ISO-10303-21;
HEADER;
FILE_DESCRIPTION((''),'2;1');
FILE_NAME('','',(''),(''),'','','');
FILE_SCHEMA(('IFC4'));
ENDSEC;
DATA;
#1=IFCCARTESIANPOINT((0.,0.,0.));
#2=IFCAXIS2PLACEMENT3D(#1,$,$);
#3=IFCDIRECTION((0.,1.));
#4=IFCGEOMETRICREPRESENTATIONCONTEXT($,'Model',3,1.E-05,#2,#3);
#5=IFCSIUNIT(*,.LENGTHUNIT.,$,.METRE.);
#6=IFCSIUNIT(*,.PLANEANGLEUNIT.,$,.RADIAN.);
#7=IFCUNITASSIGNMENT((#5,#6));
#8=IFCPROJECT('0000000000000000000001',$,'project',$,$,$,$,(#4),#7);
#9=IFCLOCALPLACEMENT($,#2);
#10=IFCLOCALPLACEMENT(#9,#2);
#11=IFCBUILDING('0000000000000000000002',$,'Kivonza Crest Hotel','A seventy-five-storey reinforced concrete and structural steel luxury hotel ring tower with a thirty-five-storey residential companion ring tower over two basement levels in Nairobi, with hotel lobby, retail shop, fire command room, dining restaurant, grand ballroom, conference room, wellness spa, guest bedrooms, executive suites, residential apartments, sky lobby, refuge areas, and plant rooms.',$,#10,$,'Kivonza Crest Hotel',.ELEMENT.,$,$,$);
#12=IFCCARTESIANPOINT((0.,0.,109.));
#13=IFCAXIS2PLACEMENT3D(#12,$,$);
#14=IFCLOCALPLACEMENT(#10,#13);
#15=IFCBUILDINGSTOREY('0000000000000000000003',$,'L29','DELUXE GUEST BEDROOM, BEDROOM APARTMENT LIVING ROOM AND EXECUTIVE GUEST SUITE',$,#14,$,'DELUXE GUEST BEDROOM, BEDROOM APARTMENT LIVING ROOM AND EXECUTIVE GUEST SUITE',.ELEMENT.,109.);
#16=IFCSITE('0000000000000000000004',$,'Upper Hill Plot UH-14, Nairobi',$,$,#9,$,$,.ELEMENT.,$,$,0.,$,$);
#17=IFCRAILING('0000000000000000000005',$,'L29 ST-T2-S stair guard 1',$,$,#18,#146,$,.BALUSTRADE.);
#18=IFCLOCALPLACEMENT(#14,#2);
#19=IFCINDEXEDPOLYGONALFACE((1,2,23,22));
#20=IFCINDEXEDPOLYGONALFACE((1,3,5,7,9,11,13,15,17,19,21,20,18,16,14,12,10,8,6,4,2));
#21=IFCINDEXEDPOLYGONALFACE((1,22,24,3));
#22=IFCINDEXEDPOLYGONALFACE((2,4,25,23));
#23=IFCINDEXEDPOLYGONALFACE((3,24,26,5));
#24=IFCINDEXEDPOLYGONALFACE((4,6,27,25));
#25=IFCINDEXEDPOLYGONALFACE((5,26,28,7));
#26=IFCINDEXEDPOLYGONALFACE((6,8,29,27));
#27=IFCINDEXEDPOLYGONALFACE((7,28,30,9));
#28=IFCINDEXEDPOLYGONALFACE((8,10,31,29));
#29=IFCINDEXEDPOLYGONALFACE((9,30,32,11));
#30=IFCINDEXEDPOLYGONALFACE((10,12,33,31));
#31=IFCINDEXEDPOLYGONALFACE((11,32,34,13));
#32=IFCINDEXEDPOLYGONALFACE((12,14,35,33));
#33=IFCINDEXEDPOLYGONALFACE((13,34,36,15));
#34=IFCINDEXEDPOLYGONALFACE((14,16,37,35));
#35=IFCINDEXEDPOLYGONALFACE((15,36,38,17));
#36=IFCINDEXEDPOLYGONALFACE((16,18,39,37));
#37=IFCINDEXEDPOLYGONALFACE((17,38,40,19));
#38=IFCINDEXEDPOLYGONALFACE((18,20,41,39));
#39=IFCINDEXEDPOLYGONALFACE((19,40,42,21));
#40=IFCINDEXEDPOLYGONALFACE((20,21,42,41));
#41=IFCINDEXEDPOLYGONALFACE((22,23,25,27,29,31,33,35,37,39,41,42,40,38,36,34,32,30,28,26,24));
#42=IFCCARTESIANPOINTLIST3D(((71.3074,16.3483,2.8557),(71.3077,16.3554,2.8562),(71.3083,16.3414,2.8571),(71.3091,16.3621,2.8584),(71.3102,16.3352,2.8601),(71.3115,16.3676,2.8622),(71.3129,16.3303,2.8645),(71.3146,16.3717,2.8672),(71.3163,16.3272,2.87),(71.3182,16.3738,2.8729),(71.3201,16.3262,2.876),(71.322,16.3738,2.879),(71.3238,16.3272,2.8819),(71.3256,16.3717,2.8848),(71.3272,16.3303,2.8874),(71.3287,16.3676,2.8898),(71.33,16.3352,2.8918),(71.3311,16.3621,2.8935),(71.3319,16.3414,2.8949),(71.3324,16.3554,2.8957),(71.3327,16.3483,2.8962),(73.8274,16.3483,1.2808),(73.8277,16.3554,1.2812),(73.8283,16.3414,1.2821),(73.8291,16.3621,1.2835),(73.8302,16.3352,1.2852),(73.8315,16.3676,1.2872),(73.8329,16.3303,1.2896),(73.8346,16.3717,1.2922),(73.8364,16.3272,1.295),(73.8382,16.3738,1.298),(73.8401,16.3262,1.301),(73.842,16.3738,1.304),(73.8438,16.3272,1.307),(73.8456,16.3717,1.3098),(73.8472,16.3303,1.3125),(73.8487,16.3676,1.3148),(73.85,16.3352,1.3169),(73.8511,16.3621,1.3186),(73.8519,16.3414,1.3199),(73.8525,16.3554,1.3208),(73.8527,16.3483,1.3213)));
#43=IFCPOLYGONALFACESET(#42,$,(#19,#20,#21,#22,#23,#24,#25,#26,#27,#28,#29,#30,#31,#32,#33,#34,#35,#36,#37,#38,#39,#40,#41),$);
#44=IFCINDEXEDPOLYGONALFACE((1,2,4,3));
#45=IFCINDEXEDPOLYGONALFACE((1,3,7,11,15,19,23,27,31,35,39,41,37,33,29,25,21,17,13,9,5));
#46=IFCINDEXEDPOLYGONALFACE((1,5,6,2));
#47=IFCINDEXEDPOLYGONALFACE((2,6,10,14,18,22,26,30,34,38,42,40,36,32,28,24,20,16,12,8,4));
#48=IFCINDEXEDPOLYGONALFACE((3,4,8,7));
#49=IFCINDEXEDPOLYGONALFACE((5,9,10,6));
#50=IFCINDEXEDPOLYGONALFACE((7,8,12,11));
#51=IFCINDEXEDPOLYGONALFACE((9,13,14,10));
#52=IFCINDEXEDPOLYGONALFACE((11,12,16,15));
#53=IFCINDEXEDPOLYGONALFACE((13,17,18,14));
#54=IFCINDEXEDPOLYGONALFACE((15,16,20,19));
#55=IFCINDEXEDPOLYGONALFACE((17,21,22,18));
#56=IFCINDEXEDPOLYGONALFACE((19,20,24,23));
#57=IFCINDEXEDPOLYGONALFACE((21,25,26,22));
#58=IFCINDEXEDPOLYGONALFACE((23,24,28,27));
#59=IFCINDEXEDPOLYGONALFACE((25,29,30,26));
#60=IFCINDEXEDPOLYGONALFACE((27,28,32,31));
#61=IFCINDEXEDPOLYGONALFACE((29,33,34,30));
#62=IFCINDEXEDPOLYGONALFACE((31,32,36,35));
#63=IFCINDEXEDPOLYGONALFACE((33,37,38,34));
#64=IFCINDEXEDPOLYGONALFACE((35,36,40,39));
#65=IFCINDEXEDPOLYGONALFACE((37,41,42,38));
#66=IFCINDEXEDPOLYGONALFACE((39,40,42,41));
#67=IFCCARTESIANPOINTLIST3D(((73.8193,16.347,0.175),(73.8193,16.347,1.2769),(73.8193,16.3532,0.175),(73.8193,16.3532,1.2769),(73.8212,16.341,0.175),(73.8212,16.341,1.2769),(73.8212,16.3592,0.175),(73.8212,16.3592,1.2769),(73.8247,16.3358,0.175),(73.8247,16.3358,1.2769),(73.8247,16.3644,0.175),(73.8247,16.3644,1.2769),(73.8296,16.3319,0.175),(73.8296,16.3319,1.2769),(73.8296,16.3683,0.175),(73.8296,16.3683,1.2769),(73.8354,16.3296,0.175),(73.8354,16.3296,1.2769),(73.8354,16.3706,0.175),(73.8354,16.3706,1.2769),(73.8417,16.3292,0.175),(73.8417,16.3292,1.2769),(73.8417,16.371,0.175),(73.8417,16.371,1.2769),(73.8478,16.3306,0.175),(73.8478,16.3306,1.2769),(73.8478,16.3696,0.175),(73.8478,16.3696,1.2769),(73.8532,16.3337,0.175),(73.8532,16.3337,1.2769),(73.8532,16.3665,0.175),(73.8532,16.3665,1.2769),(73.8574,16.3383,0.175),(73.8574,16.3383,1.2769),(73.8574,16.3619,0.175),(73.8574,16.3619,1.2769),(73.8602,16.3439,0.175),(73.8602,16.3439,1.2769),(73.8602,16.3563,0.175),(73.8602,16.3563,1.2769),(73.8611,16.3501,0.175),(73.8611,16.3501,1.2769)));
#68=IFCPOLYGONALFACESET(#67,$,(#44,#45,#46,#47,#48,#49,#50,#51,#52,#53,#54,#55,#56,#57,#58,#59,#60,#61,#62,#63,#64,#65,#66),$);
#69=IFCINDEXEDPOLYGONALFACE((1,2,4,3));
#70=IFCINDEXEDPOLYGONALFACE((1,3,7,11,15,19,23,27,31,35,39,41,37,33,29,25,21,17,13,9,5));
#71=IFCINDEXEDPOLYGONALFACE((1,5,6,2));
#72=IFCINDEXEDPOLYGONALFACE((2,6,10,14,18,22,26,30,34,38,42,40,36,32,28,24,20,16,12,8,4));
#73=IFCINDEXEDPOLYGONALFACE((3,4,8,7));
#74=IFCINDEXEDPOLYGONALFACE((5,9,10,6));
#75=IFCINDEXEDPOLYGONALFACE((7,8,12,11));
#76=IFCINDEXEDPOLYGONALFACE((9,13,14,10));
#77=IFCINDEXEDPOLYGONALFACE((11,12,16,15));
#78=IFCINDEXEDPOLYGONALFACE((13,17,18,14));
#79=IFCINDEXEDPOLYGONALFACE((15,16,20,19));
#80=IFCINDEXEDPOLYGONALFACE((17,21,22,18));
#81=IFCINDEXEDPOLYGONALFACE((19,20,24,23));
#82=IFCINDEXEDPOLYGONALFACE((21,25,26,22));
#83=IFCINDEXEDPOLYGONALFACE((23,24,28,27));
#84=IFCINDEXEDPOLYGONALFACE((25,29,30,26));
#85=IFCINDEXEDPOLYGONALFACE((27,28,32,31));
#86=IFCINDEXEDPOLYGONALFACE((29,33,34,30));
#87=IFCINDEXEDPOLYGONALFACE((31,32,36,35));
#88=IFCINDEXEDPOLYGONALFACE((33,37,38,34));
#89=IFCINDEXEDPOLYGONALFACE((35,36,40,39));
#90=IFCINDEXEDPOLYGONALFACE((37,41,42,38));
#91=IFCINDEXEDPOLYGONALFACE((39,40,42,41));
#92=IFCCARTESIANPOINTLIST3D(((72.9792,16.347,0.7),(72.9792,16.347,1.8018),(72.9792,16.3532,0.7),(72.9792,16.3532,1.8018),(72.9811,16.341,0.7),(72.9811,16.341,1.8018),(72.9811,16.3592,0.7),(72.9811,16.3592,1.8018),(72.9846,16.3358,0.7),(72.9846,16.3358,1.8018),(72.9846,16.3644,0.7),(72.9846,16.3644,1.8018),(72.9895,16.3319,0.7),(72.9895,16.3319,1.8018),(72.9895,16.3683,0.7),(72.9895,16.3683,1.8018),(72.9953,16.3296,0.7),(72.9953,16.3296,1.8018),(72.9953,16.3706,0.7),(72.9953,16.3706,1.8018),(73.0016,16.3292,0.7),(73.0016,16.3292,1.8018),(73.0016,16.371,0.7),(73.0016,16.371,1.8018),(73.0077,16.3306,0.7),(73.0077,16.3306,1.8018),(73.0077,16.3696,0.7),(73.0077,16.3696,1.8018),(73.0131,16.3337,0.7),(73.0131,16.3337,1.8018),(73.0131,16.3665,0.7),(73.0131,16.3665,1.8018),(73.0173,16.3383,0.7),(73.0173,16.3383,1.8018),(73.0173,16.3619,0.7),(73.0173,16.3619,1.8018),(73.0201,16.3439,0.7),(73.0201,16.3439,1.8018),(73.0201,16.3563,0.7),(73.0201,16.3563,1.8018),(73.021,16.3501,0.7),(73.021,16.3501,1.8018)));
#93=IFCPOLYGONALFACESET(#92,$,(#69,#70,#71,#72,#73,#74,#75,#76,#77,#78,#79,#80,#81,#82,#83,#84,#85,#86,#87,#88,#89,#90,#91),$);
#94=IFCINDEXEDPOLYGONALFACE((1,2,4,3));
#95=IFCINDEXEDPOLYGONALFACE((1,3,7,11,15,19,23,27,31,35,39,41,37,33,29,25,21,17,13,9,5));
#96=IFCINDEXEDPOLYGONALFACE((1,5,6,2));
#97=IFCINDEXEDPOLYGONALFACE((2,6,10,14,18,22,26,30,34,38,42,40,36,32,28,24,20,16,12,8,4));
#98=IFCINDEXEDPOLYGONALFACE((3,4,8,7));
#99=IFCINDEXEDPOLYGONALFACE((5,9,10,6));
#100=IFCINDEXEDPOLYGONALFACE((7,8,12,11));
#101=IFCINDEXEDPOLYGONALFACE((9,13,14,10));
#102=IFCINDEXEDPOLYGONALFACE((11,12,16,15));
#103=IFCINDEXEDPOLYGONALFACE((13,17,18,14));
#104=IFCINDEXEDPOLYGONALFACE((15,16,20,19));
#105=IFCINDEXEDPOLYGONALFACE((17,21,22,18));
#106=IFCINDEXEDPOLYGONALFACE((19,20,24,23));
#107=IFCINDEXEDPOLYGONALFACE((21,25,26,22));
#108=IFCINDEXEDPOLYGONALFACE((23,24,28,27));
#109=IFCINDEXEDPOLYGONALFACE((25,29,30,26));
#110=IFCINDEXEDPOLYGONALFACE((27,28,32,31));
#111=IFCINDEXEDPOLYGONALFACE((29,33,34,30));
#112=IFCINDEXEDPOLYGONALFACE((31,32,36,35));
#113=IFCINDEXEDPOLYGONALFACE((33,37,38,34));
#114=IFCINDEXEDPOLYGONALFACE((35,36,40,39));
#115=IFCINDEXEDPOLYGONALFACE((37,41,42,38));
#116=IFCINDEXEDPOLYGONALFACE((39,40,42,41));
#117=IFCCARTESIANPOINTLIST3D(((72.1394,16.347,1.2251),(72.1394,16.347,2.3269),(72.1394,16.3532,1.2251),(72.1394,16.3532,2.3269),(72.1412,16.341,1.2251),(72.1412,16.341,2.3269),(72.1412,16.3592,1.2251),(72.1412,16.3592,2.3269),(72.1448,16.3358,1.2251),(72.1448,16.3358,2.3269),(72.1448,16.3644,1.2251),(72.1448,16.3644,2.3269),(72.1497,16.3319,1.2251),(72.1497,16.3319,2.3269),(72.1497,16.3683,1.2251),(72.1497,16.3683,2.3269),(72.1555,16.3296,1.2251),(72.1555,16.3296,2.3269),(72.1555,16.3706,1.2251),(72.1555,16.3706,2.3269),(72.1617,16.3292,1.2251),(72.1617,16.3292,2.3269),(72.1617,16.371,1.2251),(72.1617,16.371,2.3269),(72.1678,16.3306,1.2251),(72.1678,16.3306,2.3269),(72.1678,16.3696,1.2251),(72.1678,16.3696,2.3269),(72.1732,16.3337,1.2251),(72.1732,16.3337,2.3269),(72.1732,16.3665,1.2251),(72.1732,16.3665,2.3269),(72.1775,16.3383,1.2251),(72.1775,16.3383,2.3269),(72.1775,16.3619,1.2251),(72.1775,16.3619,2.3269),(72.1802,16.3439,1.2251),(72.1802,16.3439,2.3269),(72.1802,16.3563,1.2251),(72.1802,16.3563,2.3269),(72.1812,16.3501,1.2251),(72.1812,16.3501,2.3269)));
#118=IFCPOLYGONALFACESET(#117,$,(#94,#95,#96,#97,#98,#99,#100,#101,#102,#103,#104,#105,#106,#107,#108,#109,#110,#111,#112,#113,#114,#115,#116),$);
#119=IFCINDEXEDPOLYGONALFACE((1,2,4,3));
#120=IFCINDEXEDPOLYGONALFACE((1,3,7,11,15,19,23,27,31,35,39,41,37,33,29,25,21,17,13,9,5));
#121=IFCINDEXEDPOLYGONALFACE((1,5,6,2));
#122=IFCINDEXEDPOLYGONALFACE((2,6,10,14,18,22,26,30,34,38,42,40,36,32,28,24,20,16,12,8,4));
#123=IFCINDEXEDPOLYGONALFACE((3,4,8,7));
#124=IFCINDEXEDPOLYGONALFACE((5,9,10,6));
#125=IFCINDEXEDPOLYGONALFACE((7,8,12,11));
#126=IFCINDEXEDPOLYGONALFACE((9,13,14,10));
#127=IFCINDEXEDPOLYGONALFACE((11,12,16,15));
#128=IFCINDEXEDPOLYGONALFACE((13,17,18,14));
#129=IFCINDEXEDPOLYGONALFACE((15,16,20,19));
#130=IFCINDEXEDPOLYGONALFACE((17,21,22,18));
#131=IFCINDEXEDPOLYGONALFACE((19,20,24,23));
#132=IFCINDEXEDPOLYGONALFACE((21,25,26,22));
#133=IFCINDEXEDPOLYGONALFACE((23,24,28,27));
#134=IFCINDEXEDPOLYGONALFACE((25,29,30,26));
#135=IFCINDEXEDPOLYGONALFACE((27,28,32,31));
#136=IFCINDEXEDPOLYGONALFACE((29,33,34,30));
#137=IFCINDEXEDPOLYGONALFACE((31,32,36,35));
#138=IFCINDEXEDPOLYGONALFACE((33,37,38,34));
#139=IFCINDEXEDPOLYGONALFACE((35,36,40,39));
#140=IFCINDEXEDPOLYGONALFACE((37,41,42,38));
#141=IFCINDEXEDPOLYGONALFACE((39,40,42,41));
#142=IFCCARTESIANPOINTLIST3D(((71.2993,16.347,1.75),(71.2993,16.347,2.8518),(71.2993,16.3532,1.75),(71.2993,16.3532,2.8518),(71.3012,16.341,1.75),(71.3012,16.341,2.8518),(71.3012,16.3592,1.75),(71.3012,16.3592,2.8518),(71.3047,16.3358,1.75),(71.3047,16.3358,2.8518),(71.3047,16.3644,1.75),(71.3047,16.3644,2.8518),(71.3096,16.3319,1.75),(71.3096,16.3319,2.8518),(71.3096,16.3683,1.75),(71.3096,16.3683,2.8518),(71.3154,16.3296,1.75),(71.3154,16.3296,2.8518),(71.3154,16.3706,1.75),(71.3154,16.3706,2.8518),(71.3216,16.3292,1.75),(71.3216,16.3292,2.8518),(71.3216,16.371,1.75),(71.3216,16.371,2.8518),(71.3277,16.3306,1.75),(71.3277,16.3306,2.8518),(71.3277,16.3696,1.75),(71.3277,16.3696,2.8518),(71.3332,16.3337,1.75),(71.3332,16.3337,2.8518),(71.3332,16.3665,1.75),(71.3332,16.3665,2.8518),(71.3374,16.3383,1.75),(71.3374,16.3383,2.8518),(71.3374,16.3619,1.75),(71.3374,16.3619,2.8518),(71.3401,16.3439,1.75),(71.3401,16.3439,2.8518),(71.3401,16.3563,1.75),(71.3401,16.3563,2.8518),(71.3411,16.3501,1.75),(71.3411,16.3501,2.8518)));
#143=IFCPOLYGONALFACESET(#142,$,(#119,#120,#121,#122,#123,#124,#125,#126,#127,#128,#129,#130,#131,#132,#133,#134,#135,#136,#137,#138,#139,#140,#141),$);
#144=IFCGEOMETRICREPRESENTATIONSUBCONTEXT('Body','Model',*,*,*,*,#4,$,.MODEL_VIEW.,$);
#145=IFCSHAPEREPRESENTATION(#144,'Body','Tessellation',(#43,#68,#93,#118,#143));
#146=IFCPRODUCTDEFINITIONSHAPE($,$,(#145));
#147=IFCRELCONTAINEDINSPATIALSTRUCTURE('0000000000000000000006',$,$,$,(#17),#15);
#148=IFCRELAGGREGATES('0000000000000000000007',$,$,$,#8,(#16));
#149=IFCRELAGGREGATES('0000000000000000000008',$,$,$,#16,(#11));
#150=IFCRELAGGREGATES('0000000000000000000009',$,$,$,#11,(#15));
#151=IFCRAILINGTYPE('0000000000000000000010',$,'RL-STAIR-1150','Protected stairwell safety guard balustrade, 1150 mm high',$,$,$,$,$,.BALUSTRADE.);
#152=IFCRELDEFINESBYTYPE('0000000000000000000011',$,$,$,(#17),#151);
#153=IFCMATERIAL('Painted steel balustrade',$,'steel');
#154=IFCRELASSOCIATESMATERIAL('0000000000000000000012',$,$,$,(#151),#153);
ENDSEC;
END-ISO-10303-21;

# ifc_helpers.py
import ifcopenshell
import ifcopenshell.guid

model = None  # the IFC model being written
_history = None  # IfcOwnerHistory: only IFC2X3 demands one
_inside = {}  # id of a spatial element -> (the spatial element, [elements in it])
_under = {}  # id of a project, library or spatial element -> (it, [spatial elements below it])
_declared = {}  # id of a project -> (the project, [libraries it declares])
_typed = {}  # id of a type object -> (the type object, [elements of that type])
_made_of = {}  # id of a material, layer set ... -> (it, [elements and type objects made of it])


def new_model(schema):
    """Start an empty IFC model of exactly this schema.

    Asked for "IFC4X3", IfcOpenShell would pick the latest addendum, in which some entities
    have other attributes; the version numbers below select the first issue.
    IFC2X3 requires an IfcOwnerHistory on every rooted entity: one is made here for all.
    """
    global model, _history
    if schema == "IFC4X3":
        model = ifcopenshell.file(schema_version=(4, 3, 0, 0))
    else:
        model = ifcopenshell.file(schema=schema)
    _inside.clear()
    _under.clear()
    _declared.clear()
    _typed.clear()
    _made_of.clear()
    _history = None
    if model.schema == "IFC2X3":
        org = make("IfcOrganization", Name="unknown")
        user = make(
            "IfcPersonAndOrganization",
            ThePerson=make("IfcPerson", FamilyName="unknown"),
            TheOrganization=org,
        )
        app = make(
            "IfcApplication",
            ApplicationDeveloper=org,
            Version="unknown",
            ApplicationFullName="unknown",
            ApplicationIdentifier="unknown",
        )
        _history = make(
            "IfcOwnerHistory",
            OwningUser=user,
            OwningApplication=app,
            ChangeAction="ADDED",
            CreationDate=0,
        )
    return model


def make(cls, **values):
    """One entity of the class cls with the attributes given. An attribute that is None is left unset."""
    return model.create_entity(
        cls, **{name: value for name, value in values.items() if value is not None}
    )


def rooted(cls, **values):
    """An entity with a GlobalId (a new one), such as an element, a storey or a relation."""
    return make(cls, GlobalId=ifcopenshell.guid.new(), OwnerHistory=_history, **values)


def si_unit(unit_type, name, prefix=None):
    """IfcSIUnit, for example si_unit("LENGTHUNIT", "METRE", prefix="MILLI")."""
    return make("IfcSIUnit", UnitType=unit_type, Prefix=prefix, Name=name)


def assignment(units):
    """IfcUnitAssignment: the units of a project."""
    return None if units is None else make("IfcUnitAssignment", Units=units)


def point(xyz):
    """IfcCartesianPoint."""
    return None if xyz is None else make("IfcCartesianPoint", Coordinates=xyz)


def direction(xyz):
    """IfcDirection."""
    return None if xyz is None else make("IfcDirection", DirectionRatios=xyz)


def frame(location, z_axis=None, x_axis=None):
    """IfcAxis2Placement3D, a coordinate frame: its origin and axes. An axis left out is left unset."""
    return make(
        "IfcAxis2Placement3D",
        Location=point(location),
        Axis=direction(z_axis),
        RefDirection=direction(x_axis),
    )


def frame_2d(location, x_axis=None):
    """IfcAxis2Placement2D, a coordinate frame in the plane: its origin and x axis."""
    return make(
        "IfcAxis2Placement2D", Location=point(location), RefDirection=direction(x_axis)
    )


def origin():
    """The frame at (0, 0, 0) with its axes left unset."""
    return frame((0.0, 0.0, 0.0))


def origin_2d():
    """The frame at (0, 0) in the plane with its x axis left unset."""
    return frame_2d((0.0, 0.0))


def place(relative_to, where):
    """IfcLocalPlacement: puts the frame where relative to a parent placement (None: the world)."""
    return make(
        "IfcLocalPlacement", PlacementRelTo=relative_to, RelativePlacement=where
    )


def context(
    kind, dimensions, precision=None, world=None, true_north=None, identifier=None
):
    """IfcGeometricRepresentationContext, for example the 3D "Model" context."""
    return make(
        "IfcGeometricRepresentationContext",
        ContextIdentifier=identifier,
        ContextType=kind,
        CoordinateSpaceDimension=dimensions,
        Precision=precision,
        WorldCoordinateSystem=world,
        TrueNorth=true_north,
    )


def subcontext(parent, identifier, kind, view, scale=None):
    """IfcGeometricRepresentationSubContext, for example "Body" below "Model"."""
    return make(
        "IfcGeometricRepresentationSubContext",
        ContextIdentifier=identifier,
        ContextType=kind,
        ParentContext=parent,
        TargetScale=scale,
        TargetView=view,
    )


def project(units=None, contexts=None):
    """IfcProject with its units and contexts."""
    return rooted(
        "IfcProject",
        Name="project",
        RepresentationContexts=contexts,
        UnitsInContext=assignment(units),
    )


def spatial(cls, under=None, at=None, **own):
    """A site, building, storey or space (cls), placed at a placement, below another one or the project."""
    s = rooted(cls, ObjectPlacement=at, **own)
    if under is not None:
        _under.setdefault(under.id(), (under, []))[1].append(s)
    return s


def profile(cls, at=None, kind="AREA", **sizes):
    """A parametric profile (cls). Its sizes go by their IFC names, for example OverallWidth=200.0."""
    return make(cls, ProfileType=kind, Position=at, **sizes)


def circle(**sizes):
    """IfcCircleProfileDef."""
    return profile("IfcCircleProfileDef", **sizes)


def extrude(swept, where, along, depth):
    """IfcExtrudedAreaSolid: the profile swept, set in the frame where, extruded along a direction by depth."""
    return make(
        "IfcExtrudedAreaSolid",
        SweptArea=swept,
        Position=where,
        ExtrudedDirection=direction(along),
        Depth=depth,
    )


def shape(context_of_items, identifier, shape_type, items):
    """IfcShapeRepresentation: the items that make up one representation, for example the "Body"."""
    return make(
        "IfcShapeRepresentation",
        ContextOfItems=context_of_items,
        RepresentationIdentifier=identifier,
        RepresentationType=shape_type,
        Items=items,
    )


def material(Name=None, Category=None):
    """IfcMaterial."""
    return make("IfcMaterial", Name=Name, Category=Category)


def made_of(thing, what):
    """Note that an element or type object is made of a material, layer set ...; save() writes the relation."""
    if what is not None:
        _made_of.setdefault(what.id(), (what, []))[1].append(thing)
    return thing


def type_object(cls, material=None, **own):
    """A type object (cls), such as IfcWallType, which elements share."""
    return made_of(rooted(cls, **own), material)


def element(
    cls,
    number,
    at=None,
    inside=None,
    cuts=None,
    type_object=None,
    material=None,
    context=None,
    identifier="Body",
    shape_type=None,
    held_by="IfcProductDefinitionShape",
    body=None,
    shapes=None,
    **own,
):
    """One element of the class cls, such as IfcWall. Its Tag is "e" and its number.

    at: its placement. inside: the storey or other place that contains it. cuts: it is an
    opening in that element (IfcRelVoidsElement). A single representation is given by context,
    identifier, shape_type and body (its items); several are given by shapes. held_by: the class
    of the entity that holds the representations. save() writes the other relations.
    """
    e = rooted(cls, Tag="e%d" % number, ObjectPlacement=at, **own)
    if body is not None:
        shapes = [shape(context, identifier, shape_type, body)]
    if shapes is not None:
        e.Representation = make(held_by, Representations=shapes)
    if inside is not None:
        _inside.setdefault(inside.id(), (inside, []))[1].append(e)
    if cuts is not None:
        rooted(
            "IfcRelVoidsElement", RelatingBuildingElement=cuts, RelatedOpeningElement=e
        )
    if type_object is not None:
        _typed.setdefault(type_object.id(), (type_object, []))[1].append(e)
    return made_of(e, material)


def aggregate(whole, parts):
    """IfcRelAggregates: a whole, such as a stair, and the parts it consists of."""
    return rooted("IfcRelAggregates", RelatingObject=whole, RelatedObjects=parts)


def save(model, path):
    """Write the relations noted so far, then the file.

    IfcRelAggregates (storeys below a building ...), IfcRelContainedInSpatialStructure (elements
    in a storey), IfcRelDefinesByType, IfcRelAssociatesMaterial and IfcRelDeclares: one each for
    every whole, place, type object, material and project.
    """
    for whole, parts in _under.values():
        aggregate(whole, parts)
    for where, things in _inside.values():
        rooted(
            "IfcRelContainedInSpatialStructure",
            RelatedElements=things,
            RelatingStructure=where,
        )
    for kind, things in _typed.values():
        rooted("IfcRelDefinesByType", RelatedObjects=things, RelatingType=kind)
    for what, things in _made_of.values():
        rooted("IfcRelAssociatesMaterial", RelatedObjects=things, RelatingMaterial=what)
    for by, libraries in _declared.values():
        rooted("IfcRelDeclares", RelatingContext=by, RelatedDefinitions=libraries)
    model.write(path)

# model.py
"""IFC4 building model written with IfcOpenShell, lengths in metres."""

from ifc_helpers import new_model, si_unit, direction, frame, origin, origin_2d, place, context, subcontext, project, spatial, circle, extrude, material, type_object, element, save


model = new_model("IFC4")

# Units and contexts
model_context = context("Model", 3, precision=1e-05, world=origin(), true_north=direction((0.0, 1.0)))
body_context = subcontext(model_context, "Body", "Model", "MODEL_VIEW")
ifc_project = project(units=[si_unit("LENGTHUNIT", "METRE"), si_unit("PLANEANGLEUNIT", "RADIAN")], contexts=[model_context])

# Site, building, storey
site_placement = place(None, origin())
site = spatial("IfcSite", under=ifc_project, at=site_placement, Name="Upper Hill Plot UH-14, Nairobi", CompositionType="ELEMENT", RefElevation=0.0)
building_placement = place(site_placement, origin())
building = spatial("IfcBuilding", under=site, at=building_placement, Name="Kivonza Crest Hotel", Description="A seventy-five-storey reinforced concrete and structural steel luxury hotel ring tower with a thirty-five-storey residential companion ring tower over two basement levels in Nairobi, with hotel lobby, retail shop, fire command room, dining restaurant, grand ballroom, conference room, wellness spa, guest bedrooms, executive suites, residential apartments, sky lobby, refuge areas, and plant rooms.", LongName="Kivonza Crest Hotel", CompositionType="ELEMENT")
storey_placement = place(building_placement, frame((0.0, 0.0, 109.0)))
storey = spatial("IfcBuildingStorey", under=building, at=storey_placement, Name="L29", Description="DELUXE GUEST BEDROOM, BEDROOM APARTMENT LIVING ROOM AND EXECUTIVE GUEST SUITE", LongName="DELUXE GUEST BEDROOM, BEDROOM APARTMENT LIVING ROOM AND EXECUTIVE GUEST SUITE", CompositionType="ELEMENT", Elevation=109.0)

# Railing
ifc_material_1 = material(Name="Painted steel balustrade", Category="steel")
railing_type_1 = type_object("IfcRailingType", Name="RL-STAIR-1150", Description="Protected stairwell safety guard balustrade, 1150 mm high", PredefinedType="BALUSTRADE", material=ifc_material_1)
railing_1_placement = place(storey_placement, frame((73.8401, 16.3501, 0.175)))
element("IfcRailing", 1, at=railing_1_placement, inside=storey, type_object=railing_type_1, Name="L29 ST-T2-S stair guard 1", PredefinedType="BALUSTRADE", context=body_context, shape_type="SweptSolid", body=[
    extrude(circle(Radius=0.0239, at=origin_2d()), frame((0.0, 0.0, 1.126), z_axis=(-0.848008, 0.0, 0.529984), x_axis=(0.0, -1.0, 0.0)), (0.0, 0.0, 1.0), 2.9717),
    extrude(circle(Radius=0.021, at=origin_2d()), origin(), (0.0, 0.0, 1.0), 1.1018),
    extrude(circle(Radius=0.021, at=origin_2d()), frame((-0.8401, 0.0, 0.5249)), (0.0, 0.0, 1.0), 1.1018),
    extrude(circle(Radius=0.021, at=origin_2d()), frame((-1.6799, 0.0, 1.05)), (0.0, 0.0, 1.0), 1.1018),
    extrude(circle(Radius=0.021, at=origin_2d()), frame((-2.52, 0.0, 1.575)), (0.0, 0.0, 1.0), 1.1018),
])

save(model, "model.ifc")
